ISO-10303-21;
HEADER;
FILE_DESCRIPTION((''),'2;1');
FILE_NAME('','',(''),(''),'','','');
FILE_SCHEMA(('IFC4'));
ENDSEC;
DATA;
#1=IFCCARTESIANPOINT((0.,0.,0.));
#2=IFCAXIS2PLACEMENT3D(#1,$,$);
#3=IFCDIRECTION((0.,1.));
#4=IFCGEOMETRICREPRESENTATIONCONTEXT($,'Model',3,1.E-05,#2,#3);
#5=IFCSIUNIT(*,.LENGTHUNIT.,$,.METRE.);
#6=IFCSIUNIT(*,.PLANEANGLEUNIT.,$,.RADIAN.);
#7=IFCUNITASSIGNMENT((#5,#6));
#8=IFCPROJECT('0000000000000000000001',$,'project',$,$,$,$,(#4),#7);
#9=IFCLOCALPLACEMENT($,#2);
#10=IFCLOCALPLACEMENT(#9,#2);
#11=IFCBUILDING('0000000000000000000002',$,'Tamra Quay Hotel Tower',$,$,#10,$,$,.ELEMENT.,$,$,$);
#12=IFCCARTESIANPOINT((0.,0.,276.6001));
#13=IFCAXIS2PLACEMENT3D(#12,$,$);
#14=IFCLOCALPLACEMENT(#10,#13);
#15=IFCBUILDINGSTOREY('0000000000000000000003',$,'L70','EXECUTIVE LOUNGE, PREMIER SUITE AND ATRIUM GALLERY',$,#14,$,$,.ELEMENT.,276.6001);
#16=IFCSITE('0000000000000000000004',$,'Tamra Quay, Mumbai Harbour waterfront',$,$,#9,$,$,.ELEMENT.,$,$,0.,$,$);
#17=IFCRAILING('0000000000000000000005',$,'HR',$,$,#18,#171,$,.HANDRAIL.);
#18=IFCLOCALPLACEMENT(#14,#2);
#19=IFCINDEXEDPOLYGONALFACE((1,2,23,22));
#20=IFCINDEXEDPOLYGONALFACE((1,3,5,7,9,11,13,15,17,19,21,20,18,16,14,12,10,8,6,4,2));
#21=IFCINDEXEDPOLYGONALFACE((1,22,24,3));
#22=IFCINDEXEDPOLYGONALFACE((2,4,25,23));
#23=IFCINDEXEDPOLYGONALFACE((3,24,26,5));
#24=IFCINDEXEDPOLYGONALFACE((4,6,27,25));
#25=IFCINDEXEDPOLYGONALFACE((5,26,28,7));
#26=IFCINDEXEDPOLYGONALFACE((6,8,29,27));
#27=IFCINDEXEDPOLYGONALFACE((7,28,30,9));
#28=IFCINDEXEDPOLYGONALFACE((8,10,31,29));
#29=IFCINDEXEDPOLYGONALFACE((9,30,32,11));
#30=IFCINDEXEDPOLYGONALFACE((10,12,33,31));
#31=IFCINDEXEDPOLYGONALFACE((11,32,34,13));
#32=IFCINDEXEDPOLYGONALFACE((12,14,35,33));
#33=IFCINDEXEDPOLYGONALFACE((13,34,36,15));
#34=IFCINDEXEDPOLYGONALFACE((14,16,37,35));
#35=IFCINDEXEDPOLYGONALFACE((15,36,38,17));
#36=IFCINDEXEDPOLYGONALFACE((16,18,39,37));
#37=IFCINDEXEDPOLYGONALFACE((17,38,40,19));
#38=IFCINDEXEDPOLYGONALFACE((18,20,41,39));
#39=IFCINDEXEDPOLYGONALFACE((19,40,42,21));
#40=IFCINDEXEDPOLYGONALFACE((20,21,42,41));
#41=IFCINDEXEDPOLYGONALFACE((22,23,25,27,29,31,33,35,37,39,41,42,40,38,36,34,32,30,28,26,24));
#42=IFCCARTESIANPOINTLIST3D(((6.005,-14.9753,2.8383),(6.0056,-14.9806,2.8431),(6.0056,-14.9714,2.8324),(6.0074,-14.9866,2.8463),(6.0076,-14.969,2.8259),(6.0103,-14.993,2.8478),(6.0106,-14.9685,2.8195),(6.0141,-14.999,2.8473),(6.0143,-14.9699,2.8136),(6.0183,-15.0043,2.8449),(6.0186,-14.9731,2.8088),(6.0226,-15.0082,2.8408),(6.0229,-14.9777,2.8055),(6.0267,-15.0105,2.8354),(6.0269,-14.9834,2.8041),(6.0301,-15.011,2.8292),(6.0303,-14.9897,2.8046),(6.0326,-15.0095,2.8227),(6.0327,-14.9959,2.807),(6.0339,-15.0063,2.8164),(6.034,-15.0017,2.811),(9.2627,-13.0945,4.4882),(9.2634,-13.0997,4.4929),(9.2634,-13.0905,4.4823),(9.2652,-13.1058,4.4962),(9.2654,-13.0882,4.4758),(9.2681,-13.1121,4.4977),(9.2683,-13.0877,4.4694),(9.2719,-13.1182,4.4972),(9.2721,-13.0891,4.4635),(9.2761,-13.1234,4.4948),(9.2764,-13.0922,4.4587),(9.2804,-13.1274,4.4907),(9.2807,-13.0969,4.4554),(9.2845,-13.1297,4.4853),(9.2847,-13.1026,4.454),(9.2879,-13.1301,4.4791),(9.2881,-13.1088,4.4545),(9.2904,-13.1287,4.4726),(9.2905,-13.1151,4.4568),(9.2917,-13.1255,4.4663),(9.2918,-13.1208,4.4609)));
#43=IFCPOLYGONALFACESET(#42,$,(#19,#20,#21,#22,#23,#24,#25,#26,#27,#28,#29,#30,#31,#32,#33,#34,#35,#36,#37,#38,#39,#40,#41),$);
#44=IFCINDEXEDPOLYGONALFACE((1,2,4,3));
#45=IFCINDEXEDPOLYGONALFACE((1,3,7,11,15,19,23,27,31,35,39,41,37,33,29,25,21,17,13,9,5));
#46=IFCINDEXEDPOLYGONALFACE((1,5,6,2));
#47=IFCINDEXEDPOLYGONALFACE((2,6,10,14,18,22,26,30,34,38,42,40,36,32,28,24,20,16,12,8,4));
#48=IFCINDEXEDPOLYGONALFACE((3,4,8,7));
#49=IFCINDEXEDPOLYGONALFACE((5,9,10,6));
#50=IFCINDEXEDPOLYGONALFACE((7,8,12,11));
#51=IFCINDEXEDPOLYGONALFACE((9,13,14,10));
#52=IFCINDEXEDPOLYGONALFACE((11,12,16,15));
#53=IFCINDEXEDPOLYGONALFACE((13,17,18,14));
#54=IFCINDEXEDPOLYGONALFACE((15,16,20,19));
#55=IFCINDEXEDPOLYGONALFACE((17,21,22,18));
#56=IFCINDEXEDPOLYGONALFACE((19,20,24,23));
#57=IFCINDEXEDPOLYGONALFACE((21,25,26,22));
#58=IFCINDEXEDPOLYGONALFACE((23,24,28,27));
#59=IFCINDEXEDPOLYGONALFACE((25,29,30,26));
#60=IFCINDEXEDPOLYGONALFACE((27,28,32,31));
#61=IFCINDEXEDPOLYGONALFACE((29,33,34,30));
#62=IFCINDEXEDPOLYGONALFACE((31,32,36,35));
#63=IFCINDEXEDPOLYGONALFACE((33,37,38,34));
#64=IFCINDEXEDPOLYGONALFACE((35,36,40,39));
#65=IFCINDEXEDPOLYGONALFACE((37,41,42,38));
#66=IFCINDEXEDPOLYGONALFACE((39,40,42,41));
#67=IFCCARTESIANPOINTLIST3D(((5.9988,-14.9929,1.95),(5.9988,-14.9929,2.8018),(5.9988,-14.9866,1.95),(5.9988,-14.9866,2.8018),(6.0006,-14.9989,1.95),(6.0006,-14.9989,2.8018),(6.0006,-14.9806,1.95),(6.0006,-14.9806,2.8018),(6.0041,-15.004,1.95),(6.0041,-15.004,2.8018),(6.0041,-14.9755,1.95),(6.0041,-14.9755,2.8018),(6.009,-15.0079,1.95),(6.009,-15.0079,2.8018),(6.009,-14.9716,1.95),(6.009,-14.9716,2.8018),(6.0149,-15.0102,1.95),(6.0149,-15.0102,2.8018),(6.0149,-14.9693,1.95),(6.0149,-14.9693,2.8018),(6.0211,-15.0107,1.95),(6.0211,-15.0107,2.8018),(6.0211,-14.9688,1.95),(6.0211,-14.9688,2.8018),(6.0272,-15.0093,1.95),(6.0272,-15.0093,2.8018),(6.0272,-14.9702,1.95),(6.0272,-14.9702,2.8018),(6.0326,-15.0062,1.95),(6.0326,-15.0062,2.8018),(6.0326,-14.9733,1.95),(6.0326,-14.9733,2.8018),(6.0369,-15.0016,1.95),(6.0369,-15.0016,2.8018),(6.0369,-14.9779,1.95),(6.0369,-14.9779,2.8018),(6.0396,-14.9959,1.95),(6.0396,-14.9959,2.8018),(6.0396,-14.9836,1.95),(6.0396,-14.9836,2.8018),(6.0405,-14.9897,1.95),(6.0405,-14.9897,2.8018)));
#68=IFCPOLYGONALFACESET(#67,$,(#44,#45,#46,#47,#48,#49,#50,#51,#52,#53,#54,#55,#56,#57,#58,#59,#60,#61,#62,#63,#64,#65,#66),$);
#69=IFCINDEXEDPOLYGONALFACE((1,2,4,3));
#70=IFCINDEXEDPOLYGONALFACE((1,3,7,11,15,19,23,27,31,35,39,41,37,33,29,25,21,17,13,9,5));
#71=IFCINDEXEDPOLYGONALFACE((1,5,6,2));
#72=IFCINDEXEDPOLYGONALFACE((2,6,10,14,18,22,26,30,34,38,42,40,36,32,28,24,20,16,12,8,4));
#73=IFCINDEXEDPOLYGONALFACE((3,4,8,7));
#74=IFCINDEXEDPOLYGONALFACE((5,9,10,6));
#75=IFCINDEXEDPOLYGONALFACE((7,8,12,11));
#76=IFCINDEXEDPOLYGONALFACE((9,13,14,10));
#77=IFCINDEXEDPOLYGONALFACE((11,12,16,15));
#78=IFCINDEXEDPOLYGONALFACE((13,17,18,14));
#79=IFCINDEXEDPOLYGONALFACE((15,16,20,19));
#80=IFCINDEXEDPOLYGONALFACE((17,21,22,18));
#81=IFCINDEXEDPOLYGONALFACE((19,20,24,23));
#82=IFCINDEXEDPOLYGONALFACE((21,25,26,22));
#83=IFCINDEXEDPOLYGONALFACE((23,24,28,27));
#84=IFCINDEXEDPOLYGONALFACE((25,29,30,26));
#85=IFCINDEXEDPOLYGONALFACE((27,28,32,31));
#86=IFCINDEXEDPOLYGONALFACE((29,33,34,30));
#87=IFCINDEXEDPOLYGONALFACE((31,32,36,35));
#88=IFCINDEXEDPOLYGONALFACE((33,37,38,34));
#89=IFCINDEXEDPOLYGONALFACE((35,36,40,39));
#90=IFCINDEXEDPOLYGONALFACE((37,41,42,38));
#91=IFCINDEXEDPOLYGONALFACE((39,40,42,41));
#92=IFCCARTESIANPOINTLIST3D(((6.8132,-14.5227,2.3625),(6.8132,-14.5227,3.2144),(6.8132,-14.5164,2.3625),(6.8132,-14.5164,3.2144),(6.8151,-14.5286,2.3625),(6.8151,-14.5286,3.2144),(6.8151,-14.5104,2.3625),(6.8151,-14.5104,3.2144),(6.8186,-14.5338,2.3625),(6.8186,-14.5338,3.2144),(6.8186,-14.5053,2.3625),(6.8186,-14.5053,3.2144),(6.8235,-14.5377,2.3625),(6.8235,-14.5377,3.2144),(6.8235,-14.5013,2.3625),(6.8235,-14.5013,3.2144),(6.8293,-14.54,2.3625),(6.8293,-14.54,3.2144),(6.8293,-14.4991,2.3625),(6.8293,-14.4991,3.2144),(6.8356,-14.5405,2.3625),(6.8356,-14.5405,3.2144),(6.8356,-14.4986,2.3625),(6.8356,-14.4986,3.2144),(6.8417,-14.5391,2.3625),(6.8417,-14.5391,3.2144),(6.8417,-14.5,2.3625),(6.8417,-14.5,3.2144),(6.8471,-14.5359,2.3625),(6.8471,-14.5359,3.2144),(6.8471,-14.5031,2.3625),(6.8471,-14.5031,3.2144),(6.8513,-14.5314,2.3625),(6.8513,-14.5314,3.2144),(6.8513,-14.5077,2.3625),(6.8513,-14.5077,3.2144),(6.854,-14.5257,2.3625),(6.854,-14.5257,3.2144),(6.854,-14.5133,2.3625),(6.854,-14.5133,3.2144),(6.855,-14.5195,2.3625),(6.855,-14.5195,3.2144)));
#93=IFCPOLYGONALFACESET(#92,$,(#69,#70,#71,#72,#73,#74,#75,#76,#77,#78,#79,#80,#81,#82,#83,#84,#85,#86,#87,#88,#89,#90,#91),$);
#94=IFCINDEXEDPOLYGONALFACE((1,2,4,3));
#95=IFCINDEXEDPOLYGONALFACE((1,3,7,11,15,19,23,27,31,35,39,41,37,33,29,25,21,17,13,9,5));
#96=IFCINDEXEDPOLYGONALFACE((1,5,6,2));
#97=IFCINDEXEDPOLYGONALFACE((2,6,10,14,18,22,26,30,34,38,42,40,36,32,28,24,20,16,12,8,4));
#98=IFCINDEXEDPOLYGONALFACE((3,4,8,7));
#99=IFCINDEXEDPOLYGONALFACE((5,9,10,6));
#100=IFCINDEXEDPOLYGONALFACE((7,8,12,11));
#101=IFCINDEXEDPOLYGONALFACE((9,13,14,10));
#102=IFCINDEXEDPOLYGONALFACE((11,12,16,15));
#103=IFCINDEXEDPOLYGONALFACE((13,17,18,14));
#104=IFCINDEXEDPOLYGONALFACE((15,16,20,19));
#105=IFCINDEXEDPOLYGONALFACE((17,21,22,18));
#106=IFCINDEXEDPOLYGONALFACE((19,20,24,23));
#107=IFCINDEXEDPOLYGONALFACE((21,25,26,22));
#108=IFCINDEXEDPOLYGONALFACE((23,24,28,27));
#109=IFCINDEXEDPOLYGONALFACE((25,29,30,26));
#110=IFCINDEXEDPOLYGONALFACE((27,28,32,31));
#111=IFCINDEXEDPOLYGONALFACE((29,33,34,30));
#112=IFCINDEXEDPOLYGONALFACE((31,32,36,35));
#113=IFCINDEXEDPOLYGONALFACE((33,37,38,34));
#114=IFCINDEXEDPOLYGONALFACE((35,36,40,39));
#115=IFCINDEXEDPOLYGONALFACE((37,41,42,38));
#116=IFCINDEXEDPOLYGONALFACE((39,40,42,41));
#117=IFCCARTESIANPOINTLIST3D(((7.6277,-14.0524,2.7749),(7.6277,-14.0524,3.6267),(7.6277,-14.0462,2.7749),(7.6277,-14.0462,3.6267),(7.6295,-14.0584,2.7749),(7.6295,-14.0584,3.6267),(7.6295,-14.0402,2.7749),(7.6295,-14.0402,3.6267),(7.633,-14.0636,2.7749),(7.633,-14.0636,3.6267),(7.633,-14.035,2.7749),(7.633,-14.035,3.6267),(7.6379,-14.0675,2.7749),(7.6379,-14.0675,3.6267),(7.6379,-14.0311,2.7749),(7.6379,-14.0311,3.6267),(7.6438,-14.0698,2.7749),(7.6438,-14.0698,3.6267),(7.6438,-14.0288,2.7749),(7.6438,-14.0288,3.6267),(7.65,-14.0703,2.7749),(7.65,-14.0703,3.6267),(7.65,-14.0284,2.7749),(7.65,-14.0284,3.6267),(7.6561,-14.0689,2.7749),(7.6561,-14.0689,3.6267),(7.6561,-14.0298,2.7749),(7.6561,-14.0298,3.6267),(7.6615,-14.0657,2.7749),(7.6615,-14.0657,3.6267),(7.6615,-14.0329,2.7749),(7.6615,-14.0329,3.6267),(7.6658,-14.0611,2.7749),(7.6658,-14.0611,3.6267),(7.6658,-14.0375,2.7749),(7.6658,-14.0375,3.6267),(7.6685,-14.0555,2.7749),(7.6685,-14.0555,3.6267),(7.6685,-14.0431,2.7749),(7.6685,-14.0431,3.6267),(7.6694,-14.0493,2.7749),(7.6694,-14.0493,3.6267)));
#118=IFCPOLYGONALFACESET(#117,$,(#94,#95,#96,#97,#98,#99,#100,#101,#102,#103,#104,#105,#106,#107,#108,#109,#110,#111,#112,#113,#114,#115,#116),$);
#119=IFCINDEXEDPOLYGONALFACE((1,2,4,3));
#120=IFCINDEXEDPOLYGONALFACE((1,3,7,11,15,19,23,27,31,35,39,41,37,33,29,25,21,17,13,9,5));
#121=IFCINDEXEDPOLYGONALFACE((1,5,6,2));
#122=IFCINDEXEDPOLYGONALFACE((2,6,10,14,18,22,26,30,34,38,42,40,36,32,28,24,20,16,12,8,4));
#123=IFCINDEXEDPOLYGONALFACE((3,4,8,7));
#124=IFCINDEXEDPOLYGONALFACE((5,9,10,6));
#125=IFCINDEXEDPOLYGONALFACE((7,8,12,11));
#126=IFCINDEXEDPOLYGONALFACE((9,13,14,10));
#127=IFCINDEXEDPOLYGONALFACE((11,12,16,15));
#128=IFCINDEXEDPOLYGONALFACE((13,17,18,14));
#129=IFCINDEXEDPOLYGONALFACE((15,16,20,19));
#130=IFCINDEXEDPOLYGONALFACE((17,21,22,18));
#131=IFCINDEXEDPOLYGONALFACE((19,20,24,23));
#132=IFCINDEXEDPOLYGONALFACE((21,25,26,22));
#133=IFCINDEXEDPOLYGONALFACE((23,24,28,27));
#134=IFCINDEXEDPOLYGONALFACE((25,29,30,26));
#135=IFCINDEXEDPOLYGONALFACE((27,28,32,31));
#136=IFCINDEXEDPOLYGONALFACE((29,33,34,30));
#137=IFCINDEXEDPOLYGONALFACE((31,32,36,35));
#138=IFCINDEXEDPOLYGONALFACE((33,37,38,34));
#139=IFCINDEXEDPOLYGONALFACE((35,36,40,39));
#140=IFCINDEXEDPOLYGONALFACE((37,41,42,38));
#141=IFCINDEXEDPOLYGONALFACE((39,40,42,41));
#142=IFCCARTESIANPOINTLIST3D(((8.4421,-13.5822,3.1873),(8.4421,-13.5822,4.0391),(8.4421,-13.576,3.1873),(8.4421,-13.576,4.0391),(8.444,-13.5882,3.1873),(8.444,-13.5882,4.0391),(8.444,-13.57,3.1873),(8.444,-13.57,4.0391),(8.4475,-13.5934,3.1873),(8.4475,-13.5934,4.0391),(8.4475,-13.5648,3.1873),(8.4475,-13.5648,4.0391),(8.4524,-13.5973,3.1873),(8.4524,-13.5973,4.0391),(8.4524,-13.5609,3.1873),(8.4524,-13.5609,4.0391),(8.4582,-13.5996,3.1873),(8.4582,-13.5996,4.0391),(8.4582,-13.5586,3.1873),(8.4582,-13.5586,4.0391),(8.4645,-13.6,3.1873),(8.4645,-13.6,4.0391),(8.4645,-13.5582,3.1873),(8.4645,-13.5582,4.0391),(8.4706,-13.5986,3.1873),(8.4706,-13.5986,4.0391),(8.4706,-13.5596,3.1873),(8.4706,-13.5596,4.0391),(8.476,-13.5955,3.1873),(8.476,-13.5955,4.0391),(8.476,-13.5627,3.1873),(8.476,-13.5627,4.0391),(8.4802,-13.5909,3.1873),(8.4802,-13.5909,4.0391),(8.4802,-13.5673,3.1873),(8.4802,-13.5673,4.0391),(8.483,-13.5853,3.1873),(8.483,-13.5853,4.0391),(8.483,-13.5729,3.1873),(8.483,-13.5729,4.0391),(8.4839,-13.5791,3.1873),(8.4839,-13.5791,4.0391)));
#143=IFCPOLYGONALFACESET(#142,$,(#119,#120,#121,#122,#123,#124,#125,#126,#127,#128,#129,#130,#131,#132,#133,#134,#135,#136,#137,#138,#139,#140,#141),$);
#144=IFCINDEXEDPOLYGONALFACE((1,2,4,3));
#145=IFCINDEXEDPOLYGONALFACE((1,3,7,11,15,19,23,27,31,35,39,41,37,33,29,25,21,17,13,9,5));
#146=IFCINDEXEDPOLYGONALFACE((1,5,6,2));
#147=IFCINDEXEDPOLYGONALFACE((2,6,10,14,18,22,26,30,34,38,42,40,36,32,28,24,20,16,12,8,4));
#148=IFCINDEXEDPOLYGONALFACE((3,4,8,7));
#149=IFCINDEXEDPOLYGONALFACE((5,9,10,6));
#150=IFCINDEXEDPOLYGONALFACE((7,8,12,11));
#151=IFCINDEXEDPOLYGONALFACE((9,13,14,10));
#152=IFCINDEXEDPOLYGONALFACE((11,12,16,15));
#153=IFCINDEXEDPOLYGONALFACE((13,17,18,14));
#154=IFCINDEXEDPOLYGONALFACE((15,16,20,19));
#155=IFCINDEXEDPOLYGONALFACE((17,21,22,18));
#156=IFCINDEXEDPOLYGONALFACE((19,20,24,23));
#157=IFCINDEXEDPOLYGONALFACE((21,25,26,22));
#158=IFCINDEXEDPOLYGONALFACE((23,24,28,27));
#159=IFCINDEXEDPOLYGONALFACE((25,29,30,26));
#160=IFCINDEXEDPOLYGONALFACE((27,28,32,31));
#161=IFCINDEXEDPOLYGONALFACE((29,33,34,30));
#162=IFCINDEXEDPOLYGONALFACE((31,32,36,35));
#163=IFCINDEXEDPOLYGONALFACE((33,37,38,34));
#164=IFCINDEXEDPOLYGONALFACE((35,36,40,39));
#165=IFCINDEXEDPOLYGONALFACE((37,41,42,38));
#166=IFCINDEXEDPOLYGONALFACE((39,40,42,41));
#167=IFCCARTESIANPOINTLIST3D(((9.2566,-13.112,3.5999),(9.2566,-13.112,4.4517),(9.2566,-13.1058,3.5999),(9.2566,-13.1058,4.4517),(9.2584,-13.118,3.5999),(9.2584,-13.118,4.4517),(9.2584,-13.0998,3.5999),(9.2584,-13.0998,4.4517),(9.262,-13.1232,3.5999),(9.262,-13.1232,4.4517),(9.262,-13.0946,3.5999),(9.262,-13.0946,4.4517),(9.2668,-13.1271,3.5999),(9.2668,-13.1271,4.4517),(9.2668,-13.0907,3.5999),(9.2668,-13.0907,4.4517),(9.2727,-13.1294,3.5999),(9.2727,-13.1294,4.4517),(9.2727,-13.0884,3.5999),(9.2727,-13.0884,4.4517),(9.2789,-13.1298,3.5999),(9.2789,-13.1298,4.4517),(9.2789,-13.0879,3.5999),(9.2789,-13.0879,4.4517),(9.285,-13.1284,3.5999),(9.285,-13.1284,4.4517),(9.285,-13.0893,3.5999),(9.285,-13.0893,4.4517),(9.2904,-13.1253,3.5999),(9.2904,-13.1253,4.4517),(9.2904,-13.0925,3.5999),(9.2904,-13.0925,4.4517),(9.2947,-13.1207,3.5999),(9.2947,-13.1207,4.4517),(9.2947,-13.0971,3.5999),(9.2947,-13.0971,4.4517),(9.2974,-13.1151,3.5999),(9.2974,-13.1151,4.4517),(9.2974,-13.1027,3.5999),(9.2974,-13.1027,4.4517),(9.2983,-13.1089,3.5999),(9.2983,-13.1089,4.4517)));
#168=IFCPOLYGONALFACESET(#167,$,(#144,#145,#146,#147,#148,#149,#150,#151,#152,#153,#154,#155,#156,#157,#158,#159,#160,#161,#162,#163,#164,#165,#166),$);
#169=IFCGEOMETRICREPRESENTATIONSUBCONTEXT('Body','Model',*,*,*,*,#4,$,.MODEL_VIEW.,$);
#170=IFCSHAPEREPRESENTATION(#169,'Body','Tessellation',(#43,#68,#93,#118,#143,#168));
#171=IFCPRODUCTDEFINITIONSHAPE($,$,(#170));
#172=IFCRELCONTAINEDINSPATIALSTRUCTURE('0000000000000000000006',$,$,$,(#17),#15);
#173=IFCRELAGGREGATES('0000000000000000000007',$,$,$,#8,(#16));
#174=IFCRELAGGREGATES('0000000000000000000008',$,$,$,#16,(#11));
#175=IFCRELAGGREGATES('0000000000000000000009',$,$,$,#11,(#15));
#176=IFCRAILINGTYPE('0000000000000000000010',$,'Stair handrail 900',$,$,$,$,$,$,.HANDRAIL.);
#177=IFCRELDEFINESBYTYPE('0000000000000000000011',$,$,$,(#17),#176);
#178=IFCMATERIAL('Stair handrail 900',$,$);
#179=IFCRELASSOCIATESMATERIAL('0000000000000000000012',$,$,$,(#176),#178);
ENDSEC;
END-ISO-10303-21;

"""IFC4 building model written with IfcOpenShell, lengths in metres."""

from ifc_helpers import new_model, si_unit, direction, frame, origin, origin_2d, place, context, subcontext, project, spatial, circle, extrude, material, type_object, element, save


model = new_model("IFC4")

# Units and contexts
model_context = context("Model", 3, precision=1e-05, world=origin(), true_north=direction((0.0, 1.0)))
body_context = subcontext(model_context, "Body", "Model", "MODEL_VIEW")
ifc_project = project(units=[si_unit("LENGTHUNIT", "METRE"), si_unit("PLANEANGLEUNIT", "RADIAN")], contexts=[model_context])

# Site, building, storey
site_placement = place(None, origin())
site = spatial("IfcSite", under=ifc_project, at=site_placement, Name="Tamra Quay, Mumbai Harbour waterfront", CompositionType="ELEMENT", RefElevation=0.0)
building_placement = place(site_placement, origin())
building = spatial("IfcBuilding", under=site, at=building_placement, Name="Tamra Quay Hotel Tower", CompositionType="ELEMENT")
storey_placement = place(building_placement, frame((0.0, 0.0, 276.6001)))
storey = spatial("IfcBuildingStorey", under=building, at=storey_placement, Name="L70", Description="EXECUTIVE LOUNGE, PREMIER SUITE AND ATRIUM GALLERY", CompositionType="ELEMENT", Elevation=276.6001)

# Railing
ifc_material_1 = material(Name="Stair handrail 900")
railing_type_1 = type_object("IfcRailingType", Name="Stair handrail 900", PredefinedType="HANDRAIL", material=ifc_material_1)
railing_1_placement = place(storey_placement, frame((6.0195, -14.9897, 1.95)))
element("IfcRailing", 1, at=railing_1_placement, inside=storey, type_object=railing_type_1, Name="HR", PredefinedType="HANDRAIL", context=body_context, shape_type="SweptSolid", body=[
    extrude(circle(Radius=0.0239, at=origin_2d()), frame((0.0, 0.0, 0.876), z_axis=(0.7931, 0.457887, 0.401661), x_axis=(-0.499992, 0.86603, 0.0)), (0.0, 0.0, 1.0), 4.1077),
    extrude(circle(Radius=0.021, at=origin_2d()), origin(), (0.0, 0.0, 1.0), 0.8518),
    extrude(circle(Radius=0.021, at=origin_2d()), frame((0.8145, 0.4702, 0.4126)), (0.0, 0.0, 1.0), 0.8518),
    extrude(circle(Radius=0.021, at=origin_2d()), frame((1.6289, 0.9404, 0.825)), (0.0, 0.0, 1.0), 0.8518),
    extrude(circle(Radius=0.021, at=origin_2d()), frame((2.4434, 1.4106, 1.2373)), (0.0, 0.0, 1.0), 0.8518),
    extrude(circle(Radius=0.021, at=origin_2d()), frame((3.2578, 1.8809, 1.6499)), (0.0, 0.0, 1.0), 0.8518),
])

save(model, "model.ifc")
